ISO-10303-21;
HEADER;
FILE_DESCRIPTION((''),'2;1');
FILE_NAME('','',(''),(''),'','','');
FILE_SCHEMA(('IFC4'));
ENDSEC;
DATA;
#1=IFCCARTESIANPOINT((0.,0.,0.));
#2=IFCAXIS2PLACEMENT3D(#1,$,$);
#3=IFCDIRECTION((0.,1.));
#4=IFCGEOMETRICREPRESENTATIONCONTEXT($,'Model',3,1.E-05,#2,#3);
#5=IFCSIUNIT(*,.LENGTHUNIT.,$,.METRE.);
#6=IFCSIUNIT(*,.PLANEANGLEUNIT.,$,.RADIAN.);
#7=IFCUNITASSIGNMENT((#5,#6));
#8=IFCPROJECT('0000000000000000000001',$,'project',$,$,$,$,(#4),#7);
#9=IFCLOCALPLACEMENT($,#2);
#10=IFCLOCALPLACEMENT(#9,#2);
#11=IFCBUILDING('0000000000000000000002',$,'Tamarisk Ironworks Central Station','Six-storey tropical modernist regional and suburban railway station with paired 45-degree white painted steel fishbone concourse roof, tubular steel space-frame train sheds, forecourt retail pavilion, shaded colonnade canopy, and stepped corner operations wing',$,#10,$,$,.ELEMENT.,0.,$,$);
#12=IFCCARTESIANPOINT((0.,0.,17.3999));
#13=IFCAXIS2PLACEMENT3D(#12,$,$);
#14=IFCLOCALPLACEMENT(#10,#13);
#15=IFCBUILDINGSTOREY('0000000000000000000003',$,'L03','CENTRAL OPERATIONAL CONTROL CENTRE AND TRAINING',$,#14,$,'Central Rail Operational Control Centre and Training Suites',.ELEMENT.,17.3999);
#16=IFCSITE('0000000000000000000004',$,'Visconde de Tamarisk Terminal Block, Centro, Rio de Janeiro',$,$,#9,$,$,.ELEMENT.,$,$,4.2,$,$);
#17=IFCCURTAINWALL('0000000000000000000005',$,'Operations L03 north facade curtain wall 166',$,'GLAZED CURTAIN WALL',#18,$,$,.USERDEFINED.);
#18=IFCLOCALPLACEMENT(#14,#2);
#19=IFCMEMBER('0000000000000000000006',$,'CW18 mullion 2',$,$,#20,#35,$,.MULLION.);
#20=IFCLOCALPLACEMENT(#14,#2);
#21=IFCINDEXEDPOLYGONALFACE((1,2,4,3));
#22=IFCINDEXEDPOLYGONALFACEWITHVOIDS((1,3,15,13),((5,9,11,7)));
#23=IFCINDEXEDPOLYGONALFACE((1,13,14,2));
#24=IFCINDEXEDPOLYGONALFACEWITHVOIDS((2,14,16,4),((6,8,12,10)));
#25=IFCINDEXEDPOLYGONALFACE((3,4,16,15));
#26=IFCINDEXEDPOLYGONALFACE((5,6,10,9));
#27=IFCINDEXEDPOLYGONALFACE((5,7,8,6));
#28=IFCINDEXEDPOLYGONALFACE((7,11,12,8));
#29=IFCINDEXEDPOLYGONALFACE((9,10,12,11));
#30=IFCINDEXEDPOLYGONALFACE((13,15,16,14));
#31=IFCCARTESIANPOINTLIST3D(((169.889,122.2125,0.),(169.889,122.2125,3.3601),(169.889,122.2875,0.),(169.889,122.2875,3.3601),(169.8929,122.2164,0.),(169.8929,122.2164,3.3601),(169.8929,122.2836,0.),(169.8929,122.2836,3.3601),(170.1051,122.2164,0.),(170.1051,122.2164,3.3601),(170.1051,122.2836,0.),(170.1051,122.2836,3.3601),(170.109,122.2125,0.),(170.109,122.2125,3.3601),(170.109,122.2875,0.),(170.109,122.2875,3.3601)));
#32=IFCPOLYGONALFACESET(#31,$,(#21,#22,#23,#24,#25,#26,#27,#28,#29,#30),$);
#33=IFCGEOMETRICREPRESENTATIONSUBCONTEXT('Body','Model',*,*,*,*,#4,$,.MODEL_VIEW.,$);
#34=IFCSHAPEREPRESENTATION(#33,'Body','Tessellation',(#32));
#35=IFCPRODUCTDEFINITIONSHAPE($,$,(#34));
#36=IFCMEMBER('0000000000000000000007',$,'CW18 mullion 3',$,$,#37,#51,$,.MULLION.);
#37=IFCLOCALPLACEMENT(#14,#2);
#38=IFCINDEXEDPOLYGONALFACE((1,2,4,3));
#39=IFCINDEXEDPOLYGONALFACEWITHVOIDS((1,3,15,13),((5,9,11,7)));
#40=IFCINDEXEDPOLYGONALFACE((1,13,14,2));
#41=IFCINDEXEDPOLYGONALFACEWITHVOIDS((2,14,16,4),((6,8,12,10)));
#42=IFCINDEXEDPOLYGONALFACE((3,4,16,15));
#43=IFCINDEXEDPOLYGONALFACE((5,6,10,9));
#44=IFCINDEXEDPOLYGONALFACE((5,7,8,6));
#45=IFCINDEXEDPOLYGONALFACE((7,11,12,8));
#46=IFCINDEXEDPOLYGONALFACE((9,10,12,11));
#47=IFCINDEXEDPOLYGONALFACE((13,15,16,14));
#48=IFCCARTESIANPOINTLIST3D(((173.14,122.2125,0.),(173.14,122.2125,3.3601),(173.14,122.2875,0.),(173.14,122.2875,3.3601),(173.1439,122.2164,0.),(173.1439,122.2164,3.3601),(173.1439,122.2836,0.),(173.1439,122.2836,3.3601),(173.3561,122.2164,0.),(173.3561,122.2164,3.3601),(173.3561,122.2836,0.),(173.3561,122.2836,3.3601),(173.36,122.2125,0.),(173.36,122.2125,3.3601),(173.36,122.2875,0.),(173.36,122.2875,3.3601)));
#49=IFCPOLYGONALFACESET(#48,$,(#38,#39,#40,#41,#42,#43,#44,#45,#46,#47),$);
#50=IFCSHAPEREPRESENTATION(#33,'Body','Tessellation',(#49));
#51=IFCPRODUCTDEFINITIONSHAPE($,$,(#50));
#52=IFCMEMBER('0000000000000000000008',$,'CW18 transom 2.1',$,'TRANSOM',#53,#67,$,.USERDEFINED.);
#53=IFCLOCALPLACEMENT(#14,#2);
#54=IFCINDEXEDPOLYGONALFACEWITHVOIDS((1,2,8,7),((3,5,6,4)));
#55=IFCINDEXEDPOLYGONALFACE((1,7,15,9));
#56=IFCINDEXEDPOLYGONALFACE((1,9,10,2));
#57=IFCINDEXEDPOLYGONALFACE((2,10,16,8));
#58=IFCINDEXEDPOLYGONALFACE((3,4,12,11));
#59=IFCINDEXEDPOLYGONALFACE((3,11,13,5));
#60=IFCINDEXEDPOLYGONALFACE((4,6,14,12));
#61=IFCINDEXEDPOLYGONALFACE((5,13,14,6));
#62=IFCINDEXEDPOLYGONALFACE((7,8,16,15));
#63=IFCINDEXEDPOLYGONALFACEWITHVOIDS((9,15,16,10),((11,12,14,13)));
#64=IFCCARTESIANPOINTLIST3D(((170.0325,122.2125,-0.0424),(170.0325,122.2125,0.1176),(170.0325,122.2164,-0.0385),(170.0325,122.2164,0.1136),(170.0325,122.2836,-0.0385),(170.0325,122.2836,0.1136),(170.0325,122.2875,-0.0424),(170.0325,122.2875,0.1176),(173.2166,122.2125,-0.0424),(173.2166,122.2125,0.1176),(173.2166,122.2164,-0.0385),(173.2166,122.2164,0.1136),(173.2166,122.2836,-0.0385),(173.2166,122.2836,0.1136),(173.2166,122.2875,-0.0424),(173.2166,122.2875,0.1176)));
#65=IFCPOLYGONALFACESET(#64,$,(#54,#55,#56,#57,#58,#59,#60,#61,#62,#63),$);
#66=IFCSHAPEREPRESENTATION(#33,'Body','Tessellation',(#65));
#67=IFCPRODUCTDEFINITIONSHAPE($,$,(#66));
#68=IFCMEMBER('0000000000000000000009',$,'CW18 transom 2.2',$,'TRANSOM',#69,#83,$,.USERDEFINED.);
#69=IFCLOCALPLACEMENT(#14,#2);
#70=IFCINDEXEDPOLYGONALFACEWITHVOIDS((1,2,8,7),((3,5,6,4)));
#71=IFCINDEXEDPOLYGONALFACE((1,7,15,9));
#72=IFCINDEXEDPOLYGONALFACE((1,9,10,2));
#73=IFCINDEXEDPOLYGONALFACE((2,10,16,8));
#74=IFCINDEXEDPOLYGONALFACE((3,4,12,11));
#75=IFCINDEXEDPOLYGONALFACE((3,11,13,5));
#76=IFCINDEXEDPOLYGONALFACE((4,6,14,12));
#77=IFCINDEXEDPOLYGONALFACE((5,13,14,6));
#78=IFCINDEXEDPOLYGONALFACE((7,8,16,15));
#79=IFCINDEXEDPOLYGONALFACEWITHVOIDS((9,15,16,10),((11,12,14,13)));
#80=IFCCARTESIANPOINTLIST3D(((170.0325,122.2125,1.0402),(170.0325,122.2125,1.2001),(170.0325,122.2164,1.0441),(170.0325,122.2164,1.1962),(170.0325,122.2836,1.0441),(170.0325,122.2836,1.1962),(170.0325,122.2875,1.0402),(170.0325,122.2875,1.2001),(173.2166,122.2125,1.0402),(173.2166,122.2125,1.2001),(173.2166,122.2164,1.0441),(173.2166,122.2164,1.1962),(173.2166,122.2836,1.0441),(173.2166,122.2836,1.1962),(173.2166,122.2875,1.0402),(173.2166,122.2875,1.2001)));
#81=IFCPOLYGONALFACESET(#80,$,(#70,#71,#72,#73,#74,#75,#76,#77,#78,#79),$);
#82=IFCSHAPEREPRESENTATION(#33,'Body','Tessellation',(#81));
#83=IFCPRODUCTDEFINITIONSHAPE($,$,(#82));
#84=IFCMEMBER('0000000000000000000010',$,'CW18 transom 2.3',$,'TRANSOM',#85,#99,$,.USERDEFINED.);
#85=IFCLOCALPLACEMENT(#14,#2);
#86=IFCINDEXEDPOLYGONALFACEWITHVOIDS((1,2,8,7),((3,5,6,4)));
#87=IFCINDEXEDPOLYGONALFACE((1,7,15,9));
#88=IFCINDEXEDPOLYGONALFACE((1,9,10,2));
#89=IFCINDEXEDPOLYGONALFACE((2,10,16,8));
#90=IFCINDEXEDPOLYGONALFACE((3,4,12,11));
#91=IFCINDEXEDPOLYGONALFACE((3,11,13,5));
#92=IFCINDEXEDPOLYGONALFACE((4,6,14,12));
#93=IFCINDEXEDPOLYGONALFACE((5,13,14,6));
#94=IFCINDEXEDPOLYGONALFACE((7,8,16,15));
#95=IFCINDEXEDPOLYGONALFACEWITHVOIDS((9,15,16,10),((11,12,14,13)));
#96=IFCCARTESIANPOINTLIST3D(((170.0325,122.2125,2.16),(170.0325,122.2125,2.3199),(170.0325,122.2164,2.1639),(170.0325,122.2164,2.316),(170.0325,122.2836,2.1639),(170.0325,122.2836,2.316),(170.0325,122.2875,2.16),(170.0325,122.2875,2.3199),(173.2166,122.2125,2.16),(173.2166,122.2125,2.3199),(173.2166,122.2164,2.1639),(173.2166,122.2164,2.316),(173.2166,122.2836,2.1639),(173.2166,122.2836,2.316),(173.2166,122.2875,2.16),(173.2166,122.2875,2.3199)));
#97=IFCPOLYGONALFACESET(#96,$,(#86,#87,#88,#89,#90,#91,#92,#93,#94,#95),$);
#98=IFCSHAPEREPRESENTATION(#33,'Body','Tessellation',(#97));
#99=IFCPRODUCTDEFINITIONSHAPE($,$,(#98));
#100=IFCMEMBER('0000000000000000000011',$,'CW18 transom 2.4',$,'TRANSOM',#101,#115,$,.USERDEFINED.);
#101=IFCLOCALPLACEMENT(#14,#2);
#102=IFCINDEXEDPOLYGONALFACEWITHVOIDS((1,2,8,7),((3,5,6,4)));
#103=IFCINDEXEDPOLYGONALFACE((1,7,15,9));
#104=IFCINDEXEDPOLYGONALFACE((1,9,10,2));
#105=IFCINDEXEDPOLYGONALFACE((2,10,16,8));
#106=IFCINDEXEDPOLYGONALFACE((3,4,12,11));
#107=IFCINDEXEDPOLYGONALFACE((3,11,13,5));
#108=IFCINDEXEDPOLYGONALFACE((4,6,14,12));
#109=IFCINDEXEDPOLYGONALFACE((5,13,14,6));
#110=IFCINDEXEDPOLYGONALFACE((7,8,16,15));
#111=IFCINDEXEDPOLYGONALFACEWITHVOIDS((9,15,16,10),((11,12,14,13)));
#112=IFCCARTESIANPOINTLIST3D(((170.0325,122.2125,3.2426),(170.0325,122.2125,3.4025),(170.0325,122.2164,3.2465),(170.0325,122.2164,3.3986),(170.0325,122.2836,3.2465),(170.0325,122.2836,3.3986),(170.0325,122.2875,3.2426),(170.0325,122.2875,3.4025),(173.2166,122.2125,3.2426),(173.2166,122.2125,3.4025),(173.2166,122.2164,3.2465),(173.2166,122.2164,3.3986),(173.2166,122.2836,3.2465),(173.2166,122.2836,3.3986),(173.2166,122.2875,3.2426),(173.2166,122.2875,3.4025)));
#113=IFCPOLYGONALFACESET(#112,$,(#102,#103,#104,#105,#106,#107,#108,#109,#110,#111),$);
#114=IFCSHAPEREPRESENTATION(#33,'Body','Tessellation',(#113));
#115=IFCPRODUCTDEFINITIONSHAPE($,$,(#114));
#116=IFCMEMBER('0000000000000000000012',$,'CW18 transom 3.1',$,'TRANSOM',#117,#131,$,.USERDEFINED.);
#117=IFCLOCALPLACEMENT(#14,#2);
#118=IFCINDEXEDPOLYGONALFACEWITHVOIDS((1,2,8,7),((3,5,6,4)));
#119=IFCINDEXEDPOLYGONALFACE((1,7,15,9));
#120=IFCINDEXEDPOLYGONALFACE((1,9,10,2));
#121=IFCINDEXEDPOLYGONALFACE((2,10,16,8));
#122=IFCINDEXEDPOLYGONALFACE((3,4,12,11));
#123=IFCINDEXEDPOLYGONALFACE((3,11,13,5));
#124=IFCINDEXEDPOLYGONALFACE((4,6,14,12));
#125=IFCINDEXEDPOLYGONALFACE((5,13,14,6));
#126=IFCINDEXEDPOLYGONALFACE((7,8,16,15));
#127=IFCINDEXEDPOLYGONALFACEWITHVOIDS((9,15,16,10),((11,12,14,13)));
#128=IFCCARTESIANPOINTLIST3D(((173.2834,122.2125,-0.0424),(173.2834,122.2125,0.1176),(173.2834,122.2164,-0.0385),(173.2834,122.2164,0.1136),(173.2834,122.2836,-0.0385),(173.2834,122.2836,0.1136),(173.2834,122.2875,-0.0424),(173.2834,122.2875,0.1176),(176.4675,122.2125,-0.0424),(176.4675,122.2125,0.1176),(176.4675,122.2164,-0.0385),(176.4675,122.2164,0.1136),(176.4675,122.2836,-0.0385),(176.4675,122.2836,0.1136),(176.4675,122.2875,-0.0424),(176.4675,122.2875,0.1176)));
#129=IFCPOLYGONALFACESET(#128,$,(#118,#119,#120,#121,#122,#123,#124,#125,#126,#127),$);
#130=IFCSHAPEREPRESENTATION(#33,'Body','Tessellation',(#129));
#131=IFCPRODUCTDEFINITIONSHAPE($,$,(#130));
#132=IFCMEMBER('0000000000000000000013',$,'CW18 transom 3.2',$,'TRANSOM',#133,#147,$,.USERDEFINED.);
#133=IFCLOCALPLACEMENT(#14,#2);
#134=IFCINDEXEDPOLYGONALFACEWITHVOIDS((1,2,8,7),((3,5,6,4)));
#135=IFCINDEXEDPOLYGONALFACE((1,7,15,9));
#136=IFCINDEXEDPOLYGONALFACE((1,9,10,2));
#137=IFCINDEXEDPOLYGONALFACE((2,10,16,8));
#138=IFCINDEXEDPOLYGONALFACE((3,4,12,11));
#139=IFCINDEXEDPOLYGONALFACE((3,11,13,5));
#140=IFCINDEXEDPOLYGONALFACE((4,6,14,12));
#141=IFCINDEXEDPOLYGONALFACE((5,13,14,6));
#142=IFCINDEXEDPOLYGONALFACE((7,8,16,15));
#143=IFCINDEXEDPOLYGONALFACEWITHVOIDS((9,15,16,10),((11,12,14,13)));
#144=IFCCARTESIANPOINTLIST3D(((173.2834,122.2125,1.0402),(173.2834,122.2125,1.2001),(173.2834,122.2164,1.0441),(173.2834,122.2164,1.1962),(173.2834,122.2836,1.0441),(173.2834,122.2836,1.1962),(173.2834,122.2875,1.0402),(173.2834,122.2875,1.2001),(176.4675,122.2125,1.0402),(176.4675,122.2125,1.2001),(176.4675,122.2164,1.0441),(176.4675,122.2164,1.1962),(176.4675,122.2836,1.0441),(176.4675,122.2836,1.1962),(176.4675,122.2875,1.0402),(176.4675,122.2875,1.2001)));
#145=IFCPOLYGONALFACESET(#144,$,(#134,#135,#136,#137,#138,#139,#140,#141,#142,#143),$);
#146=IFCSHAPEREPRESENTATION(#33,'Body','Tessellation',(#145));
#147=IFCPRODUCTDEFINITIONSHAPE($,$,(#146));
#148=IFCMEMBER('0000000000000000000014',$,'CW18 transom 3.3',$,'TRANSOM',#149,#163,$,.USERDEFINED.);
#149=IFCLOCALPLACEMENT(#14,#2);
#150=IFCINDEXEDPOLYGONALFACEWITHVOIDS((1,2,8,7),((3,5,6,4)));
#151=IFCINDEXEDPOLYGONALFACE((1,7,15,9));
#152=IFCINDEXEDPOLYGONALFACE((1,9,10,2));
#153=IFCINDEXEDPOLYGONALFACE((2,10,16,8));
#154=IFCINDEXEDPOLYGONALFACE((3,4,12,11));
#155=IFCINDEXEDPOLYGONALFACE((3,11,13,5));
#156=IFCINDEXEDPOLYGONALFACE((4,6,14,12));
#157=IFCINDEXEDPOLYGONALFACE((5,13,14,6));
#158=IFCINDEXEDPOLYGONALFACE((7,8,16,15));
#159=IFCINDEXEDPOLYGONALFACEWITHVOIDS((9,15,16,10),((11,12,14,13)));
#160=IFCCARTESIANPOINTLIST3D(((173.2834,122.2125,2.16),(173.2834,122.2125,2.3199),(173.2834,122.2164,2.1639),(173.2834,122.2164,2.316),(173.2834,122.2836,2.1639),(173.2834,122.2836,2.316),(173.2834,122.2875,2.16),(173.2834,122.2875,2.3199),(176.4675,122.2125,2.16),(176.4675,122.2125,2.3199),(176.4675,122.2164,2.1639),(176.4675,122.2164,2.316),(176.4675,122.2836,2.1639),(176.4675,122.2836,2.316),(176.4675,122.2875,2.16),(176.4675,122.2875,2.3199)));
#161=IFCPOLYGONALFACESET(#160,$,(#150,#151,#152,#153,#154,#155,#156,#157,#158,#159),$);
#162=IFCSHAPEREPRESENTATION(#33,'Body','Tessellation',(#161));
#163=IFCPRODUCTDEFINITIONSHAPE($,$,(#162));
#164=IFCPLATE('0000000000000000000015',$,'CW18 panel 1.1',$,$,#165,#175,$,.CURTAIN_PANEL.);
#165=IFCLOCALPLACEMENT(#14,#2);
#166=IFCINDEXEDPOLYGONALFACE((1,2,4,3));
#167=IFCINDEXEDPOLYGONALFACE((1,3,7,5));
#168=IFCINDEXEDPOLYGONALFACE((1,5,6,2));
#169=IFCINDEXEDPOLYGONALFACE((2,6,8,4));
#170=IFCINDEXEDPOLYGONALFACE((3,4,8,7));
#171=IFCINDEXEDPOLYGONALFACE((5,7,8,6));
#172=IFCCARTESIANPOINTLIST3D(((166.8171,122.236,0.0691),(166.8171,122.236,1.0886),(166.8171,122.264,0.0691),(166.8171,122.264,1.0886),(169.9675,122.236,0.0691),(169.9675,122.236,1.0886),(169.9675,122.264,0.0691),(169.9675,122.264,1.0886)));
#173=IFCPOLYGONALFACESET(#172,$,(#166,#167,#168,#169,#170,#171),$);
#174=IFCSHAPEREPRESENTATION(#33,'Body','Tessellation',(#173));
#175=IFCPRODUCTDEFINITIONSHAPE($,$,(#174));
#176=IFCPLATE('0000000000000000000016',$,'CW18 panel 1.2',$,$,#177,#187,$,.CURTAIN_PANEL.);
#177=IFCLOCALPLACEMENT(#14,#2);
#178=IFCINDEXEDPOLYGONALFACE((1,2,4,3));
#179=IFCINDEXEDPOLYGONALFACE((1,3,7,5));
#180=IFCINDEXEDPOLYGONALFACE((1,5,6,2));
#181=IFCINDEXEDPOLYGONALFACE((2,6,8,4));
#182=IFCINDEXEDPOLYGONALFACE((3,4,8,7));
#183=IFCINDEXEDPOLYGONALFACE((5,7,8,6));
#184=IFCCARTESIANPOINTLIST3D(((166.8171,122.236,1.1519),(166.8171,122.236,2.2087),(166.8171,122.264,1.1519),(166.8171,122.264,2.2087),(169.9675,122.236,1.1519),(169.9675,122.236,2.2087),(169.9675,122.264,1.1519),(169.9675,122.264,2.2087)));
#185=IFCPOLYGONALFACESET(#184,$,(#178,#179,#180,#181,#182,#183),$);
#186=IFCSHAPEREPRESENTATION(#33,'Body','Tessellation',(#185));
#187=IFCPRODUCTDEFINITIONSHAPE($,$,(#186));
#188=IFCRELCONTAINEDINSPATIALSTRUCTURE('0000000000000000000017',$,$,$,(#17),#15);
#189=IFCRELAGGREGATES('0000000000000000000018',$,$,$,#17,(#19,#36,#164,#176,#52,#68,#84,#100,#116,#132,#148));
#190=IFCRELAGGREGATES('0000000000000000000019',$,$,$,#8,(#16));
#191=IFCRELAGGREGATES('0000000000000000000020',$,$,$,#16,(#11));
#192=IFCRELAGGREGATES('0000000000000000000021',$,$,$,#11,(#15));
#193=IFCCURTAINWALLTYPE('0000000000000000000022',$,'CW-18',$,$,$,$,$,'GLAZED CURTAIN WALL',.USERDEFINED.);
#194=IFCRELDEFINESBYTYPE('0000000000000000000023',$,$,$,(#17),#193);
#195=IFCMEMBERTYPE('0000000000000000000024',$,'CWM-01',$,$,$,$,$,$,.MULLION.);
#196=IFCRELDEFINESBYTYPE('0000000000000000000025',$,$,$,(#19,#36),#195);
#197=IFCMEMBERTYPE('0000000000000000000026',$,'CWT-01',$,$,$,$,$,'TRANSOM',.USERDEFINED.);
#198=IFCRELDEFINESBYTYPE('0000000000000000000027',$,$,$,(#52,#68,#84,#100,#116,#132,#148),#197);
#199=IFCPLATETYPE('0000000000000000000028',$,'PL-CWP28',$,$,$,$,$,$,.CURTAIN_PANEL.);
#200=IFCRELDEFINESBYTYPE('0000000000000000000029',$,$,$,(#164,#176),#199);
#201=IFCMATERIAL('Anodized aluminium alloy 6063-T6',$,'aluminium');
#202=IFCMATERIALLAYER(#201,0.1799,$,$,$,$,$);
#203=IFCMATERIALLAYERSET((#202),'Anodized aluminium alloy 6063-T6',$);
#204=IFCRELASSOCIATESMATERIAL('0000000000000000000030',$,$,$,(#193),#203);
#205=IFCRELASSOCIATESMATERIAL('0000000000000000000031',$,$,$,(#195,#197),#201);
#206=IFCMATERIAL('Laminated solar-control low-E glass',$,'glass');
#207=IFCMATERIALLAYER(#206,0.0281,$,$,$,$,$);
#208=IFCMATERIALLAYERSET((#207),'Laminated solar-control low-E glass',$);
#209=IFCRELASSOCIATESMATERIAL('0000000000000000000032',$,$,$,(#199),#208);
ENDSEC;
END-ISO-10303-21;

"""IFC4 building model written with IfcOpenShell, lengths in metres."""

from ifc_helpers import new_model, si_unit, direction, frame, origin, origin_2d, place, context, subcontext, project, spatial, rectangle, hollow_rectangle, extrude, material, layer, layer_set, material_profile, profile_set, type_object, element, aggregate, save


model = new_model("IFC4")

# Units and contexts
model_context = context("Model", 3, precision=1e-05, world=origin(), true_north=direction((0.0, 1.0)))
body_context = subcontext(model_context, "Body", "Model", "MODEL_VIEW")
ifc_project = project(units=[si_unit("LENGTHUNIT", "METRE"), si_unit("PLANEANGLEUNIT", "RADIAN")], contexts=[model_context])

# Site, building, storey
site_placement = place(None, origin())
site = spatial("IfcSite", under=ifc_project, at=site_placement, Name="Visconde de Tamarisk Terminal Block, Centro, Rio de Janeiro", CompositionType="ELEMENT", RefElevation=4.2)
building_placement = place(site_placement, origin())
building = spatial("IfcBuilding", under=site, at=building_placement, Name="Tamarisk Ironworks Central Station", Description="Six-storey tropical modernist regional and suburban railway station with paired 45-degree white painted steel fishbone concourse roof, tubular steel space-frame train sheds, forecourt retail pavilion, shaded colonnade canopy, and stepped corner operations wing", CompositionType="ELEMENT", ElevationOfRefHeight=0.0)
storey_placement = place(building_placement, frame((0.0, 0.0, 17.3999)))
storey = spatial("IfcBuildingStorey", under=building, at=storey_placement, Name="L03", Description="CENTRAL OPERATIONAL CONTROL CENTRE AND TRAINING", LongName="Central Rail Operational Control Centre and Training Suites", CompositionType="ELEMENT", Elevation=17.3999)

# Curtain wall, members, plates
ifc_material_1 = material(Name="Anodized aluminium alloy 6063-T6", Category="aluminium")
ifc_layer_1 = layer(ifc_material_1, 0.1799)
ifc_layer_set_1 = layer_set([ifc_layer_1], Name="Anodized aluminium alloy 6063-T6")
curtain_wall_type = type_object("IfcCurtainWallType", Name="CW-18", ElementType="GLAZED CURTAIN WALL", PredefinedType="USERDEFINED", material=ifc_layer_set_1)
curtain_wall_placement = place(storey_placement, origin())
curtain_wall = element("IfcCurtainWall", 1, at=curtain_wall_placement, inside=storey, type_object=curtain_wall_type, Name="Operations L03 north facade curtain wall 166", ObjectType="GLAZED CURTAIN WALL", PredefinedType="USERDEFINED")
ifc_material_profile_1 = material_profile(ifc_material_1, hollow_rectangle(XDim=0.075, YDim=0.22, WallThickness=0.0039, at=origin_2d()), Name="ALUM 220x75")
ifc_profile_set_1 = profile_set([ifc_material_profile_1], Name="Anodized aluminium alloy 6063-T6")
member_type_1 = type_object("IfcMemberType", Name="CWM-01", PredefinedType="MULLION", material=ifc_profile_set_1)
member_1_placement = place(storey_placement, frame((169.999, 122.25, 0.0), z_axis=(0.0, 0.0, 1.0), x_axis=(0.0, 1.0, 0.0)))
member_1 = element("IfcMember", 2, at=member_1_placement, type_object=member_type_1, Name="CW18 mullion 2", PredefinedType="MULLION", context=body_context, shape_type="SweptSolid", body=[
    extrude(hollow_rectangle(XDim=0.075, YDim=0.22, WallThickness=0.0039, at=origin_2d()), origin(), (0.0, 0.0, 1.0), 3.3601),
])
member_2_placement = place(storey_placement, frame((173.25, 122.25, 0.0), z_axis=(0.0, 0.0, 1.0), x_axis=(0.0, 1.0, 0.0)))
member_2 = element("IfcMember", 3, at=member_2_placement, type_object=member_type_1, Name="CW18 mullion 3", PredefinedType="MULLION", context=body_context, shape_type="SweptSolid", body=[
    extrude(hollow_rectangle(XDim=0.075, YDim=0.22, WallThickness=0.0039, at=origin_2d()), origin(), (0.0, 0.0, 1.0), 3.3601),
])
ifc_material_profile_2 = material_profile(ifc_material_1, hollow_rectangle(XDim=0.075, YDim=0.1599, WallThickness=0.0039, at=origin_2d()), Name="ALUM 160x75")
ifc_profile_set_2 = profile_set([ifc_material_profile_2], Name="Anodized aluminium alloy 6063-T6")
member_type_2 = type_object("IfcMemberType", Name="CWT-01", ElementType="TRANSOM", PredefinedType="USERDEFINED", material=ifc_profile_set_2)
member_3_placement = place(storey_placement, frame((170.0325, 122.25, 0.0376), z_axis=(1.0, 0.0, 0.0), x_axis=(0.0, 1.0, 0.0)))
member_3 = element("IfcMember", 4, at=member_3_placement, type_object=member_type_2, Name="CW18 transom 2.1", ObjectType="TRANSOM", PredefinedType="USERDEFINED", context=body_context, shape_type="SweptSolid", body=[
    extrude(hollow_rectangle(XDim=0.075, YDim=0.1599, WallThickness=0.0039, at=origin_2d()), origin(), (0.0, 0.0, 1.0), 3.1841),
])
member_4_placement = place(storey_placement, frame((170.0325, 122.25, 1.1201), z_axis=(1.0, 0.0, 0.0), x_axis=(0.0, 1.0, 0.0)))
member_4 = element("IfcMember", 5, at=member_4_placement, type_object=member_type_2, Name="CW18 transom 2.2", ObjectType="TRANSOM", PredefinedType="USERDEFINED", context=body_context, shape_type="SweptSolid", body=[
    extrude(hollow_rectangle(XDim=0.075, YDim=0.1599, WallThickness=0.0039, at=origin_2d()), origin(), (0.0, 0.0, 1.0), 3.1841),
])
member_5_placement = place(storey_placement, frame((170.0325, 122.25, 2.24), z_axis=(1.0, 0.0, 0.0), x_axis=(0.0, 1.0, 0.0)))
member_5 = element("IfcMember", 6, at=member_5_placement, type_object=member_type_2, Name="CW18 transom 2.3", ObjectType="TRANSOM", PredefinedType="USERDEFINED", context=body_context, shape_type="SweptSolid", body=[
    extrude(hollow_rectangle(XDim=0.075, YDim=0.1599, WallThickness=0.0039, at=origin_2d()), origin(), (0.0, 0.0, 1.0), 3.1841),
])
member_6_placement = place(storey_placement, frame((170.0325, 122.25, 3.3225), z_axis=(1.0, 0.0, 0.0), x_axis=(0.0, 1.0, 0.0)))
member_6 = element("IfcMember", 7, at=member_6_placement, type_object=member_type_2, Name="CW18 transom 2.4", ObjectType="TRANSOM", PredefinedType="USERDEFINED", context=body_context, shape_type="SweptSolid", body=[
    extrude(hollow_rectangle(XDim=0.075, YDim=0.1599, WallThickness=0.0039, at=origin_2d()), origin(), (0.0, 0.0, 1.0), 3.1841),
])
member_7_placement = place(storey_placement, frame((173.2834, 122.25, 0.0376), z_axis=(1.0, 0.0, 0.0), x_axis=(0.0, 1.0, 0.0)))
member_7 = element("IfcMember", 8, at=member_7_placement, type_object=member_type_2, Name="CW18 transom 3.1", ObjectType="TRANSOM", PredefinedType="USERDEFINED", context=body_context, shape_type="SweptSolid", body=[
    extrude(hollow_rectangle(XDim=0.075, YDim=0.1599, WallThickness=0.0039, at=origin_2d()), origin(), (0.0, 0.0, 1.0), 3.1841),
])
member_8_placement = place(storey_placement, frame((173.2834, 122.25, 1.1201), z_axis=(1.0, 0.0, 0.0), x_axis=(0.0, 1.0, 0.0)))
member_8 = element("IfcMember", 9, at=member_8_placement, type_object=member_type_2, Name="CW18 transom 3.2", ObjectType="TRANSOM", PredefinedType="USERDEFINED", context=body_context, shape_type="SweptSolid", body=[
    extrude(hollow_rectangle(XDim=0.075, YDim=0.1599, WallThickness=0.0039, at=origin_2d()), origin(), (0.0, 0.0, 1.0), 3.1841),
])
member_9_placement = place(storey_placement, frame((173.2834, 122.25, 2.24), z_axis=(1.0, 0.0, 0.0), x_axis=(0.0, 1.0, 0.0)))
member_9 = element("IfcMember", 10, at=member_9_placement, type_object=member_type_2, Name="CW18 transom 3.3", ObjectType="TRANSOM", PredefinedType="USERDEFINED", context=body_context, shape_type="SweptSolid", body=[
    extrude(hollow_rectangle(XDim=0.075, YDim=0.1599, WallThickness=0.0039, at=origin_2d()), origin(), (0.0, 0.0, 1.0), 3.1841),
])
ifc_material_2 = material(Name="Laminated solar-control low-E glass", Category="glass")
ifc_layer_2 = layer(ifc_material_2, 0.0281)
ifc_layer_set_2 = layer_set([ifc_layer_2], Name="Laminated solar-control low-E glass")
plate_type = type_object("IfcPlateType", Name="PL-CWP28", PredefinedType="CURTAIN_PANEL", material=ifc_layer_set_2)
plate_1_placement = place(storey_placement, frame((168.3923, 122.25, 0.0691), z_axis=(0.0, 0.0, 1.0), x_axis=(1.0, 0.0, 0.0)))
plate_1 = element("IfcPlate", 11, at=plate_1_placement, type_object=plate_type, Name="CW18 panel 1.1", PredefinedType="CURTAIN_PANEL", context=body_context, shape_type="SweptSolid", body=[
    extrude(rectangle(XDim=3.1504, YDim=0.0281, at=origin_2d()), origin(), (0.0, 0.0, 1.0), 1.0195),
])
plate_2_placement = place(storey_placement, frame((168.3923, 122.25, 1.1519), z_axis=(0.0, 0.0, 1.0), x_axis=(1.0, 0.0, 0.0)))
plate_2 = element("IfcPlate", 12, at=plate_2_placement, type_object=plate_type, Name="CW18 panel 1.2", PredefinedType="CURTAIN_PANEL", context=body_context, shape_type="SweptSolid", body=[
    extrude(rectangle(XDim=3.1504, YDim=0.0281, at=origin_2d()), origin(), (0.0, 0.0, 1.0), 1.0569),
])
aggregate(curtain_wall, [member_1, member_2, plate_1, plate_2, member_3, member_4, member_5, member_6, member_7, member_8, member_9])

save(model, "model.ifc")
